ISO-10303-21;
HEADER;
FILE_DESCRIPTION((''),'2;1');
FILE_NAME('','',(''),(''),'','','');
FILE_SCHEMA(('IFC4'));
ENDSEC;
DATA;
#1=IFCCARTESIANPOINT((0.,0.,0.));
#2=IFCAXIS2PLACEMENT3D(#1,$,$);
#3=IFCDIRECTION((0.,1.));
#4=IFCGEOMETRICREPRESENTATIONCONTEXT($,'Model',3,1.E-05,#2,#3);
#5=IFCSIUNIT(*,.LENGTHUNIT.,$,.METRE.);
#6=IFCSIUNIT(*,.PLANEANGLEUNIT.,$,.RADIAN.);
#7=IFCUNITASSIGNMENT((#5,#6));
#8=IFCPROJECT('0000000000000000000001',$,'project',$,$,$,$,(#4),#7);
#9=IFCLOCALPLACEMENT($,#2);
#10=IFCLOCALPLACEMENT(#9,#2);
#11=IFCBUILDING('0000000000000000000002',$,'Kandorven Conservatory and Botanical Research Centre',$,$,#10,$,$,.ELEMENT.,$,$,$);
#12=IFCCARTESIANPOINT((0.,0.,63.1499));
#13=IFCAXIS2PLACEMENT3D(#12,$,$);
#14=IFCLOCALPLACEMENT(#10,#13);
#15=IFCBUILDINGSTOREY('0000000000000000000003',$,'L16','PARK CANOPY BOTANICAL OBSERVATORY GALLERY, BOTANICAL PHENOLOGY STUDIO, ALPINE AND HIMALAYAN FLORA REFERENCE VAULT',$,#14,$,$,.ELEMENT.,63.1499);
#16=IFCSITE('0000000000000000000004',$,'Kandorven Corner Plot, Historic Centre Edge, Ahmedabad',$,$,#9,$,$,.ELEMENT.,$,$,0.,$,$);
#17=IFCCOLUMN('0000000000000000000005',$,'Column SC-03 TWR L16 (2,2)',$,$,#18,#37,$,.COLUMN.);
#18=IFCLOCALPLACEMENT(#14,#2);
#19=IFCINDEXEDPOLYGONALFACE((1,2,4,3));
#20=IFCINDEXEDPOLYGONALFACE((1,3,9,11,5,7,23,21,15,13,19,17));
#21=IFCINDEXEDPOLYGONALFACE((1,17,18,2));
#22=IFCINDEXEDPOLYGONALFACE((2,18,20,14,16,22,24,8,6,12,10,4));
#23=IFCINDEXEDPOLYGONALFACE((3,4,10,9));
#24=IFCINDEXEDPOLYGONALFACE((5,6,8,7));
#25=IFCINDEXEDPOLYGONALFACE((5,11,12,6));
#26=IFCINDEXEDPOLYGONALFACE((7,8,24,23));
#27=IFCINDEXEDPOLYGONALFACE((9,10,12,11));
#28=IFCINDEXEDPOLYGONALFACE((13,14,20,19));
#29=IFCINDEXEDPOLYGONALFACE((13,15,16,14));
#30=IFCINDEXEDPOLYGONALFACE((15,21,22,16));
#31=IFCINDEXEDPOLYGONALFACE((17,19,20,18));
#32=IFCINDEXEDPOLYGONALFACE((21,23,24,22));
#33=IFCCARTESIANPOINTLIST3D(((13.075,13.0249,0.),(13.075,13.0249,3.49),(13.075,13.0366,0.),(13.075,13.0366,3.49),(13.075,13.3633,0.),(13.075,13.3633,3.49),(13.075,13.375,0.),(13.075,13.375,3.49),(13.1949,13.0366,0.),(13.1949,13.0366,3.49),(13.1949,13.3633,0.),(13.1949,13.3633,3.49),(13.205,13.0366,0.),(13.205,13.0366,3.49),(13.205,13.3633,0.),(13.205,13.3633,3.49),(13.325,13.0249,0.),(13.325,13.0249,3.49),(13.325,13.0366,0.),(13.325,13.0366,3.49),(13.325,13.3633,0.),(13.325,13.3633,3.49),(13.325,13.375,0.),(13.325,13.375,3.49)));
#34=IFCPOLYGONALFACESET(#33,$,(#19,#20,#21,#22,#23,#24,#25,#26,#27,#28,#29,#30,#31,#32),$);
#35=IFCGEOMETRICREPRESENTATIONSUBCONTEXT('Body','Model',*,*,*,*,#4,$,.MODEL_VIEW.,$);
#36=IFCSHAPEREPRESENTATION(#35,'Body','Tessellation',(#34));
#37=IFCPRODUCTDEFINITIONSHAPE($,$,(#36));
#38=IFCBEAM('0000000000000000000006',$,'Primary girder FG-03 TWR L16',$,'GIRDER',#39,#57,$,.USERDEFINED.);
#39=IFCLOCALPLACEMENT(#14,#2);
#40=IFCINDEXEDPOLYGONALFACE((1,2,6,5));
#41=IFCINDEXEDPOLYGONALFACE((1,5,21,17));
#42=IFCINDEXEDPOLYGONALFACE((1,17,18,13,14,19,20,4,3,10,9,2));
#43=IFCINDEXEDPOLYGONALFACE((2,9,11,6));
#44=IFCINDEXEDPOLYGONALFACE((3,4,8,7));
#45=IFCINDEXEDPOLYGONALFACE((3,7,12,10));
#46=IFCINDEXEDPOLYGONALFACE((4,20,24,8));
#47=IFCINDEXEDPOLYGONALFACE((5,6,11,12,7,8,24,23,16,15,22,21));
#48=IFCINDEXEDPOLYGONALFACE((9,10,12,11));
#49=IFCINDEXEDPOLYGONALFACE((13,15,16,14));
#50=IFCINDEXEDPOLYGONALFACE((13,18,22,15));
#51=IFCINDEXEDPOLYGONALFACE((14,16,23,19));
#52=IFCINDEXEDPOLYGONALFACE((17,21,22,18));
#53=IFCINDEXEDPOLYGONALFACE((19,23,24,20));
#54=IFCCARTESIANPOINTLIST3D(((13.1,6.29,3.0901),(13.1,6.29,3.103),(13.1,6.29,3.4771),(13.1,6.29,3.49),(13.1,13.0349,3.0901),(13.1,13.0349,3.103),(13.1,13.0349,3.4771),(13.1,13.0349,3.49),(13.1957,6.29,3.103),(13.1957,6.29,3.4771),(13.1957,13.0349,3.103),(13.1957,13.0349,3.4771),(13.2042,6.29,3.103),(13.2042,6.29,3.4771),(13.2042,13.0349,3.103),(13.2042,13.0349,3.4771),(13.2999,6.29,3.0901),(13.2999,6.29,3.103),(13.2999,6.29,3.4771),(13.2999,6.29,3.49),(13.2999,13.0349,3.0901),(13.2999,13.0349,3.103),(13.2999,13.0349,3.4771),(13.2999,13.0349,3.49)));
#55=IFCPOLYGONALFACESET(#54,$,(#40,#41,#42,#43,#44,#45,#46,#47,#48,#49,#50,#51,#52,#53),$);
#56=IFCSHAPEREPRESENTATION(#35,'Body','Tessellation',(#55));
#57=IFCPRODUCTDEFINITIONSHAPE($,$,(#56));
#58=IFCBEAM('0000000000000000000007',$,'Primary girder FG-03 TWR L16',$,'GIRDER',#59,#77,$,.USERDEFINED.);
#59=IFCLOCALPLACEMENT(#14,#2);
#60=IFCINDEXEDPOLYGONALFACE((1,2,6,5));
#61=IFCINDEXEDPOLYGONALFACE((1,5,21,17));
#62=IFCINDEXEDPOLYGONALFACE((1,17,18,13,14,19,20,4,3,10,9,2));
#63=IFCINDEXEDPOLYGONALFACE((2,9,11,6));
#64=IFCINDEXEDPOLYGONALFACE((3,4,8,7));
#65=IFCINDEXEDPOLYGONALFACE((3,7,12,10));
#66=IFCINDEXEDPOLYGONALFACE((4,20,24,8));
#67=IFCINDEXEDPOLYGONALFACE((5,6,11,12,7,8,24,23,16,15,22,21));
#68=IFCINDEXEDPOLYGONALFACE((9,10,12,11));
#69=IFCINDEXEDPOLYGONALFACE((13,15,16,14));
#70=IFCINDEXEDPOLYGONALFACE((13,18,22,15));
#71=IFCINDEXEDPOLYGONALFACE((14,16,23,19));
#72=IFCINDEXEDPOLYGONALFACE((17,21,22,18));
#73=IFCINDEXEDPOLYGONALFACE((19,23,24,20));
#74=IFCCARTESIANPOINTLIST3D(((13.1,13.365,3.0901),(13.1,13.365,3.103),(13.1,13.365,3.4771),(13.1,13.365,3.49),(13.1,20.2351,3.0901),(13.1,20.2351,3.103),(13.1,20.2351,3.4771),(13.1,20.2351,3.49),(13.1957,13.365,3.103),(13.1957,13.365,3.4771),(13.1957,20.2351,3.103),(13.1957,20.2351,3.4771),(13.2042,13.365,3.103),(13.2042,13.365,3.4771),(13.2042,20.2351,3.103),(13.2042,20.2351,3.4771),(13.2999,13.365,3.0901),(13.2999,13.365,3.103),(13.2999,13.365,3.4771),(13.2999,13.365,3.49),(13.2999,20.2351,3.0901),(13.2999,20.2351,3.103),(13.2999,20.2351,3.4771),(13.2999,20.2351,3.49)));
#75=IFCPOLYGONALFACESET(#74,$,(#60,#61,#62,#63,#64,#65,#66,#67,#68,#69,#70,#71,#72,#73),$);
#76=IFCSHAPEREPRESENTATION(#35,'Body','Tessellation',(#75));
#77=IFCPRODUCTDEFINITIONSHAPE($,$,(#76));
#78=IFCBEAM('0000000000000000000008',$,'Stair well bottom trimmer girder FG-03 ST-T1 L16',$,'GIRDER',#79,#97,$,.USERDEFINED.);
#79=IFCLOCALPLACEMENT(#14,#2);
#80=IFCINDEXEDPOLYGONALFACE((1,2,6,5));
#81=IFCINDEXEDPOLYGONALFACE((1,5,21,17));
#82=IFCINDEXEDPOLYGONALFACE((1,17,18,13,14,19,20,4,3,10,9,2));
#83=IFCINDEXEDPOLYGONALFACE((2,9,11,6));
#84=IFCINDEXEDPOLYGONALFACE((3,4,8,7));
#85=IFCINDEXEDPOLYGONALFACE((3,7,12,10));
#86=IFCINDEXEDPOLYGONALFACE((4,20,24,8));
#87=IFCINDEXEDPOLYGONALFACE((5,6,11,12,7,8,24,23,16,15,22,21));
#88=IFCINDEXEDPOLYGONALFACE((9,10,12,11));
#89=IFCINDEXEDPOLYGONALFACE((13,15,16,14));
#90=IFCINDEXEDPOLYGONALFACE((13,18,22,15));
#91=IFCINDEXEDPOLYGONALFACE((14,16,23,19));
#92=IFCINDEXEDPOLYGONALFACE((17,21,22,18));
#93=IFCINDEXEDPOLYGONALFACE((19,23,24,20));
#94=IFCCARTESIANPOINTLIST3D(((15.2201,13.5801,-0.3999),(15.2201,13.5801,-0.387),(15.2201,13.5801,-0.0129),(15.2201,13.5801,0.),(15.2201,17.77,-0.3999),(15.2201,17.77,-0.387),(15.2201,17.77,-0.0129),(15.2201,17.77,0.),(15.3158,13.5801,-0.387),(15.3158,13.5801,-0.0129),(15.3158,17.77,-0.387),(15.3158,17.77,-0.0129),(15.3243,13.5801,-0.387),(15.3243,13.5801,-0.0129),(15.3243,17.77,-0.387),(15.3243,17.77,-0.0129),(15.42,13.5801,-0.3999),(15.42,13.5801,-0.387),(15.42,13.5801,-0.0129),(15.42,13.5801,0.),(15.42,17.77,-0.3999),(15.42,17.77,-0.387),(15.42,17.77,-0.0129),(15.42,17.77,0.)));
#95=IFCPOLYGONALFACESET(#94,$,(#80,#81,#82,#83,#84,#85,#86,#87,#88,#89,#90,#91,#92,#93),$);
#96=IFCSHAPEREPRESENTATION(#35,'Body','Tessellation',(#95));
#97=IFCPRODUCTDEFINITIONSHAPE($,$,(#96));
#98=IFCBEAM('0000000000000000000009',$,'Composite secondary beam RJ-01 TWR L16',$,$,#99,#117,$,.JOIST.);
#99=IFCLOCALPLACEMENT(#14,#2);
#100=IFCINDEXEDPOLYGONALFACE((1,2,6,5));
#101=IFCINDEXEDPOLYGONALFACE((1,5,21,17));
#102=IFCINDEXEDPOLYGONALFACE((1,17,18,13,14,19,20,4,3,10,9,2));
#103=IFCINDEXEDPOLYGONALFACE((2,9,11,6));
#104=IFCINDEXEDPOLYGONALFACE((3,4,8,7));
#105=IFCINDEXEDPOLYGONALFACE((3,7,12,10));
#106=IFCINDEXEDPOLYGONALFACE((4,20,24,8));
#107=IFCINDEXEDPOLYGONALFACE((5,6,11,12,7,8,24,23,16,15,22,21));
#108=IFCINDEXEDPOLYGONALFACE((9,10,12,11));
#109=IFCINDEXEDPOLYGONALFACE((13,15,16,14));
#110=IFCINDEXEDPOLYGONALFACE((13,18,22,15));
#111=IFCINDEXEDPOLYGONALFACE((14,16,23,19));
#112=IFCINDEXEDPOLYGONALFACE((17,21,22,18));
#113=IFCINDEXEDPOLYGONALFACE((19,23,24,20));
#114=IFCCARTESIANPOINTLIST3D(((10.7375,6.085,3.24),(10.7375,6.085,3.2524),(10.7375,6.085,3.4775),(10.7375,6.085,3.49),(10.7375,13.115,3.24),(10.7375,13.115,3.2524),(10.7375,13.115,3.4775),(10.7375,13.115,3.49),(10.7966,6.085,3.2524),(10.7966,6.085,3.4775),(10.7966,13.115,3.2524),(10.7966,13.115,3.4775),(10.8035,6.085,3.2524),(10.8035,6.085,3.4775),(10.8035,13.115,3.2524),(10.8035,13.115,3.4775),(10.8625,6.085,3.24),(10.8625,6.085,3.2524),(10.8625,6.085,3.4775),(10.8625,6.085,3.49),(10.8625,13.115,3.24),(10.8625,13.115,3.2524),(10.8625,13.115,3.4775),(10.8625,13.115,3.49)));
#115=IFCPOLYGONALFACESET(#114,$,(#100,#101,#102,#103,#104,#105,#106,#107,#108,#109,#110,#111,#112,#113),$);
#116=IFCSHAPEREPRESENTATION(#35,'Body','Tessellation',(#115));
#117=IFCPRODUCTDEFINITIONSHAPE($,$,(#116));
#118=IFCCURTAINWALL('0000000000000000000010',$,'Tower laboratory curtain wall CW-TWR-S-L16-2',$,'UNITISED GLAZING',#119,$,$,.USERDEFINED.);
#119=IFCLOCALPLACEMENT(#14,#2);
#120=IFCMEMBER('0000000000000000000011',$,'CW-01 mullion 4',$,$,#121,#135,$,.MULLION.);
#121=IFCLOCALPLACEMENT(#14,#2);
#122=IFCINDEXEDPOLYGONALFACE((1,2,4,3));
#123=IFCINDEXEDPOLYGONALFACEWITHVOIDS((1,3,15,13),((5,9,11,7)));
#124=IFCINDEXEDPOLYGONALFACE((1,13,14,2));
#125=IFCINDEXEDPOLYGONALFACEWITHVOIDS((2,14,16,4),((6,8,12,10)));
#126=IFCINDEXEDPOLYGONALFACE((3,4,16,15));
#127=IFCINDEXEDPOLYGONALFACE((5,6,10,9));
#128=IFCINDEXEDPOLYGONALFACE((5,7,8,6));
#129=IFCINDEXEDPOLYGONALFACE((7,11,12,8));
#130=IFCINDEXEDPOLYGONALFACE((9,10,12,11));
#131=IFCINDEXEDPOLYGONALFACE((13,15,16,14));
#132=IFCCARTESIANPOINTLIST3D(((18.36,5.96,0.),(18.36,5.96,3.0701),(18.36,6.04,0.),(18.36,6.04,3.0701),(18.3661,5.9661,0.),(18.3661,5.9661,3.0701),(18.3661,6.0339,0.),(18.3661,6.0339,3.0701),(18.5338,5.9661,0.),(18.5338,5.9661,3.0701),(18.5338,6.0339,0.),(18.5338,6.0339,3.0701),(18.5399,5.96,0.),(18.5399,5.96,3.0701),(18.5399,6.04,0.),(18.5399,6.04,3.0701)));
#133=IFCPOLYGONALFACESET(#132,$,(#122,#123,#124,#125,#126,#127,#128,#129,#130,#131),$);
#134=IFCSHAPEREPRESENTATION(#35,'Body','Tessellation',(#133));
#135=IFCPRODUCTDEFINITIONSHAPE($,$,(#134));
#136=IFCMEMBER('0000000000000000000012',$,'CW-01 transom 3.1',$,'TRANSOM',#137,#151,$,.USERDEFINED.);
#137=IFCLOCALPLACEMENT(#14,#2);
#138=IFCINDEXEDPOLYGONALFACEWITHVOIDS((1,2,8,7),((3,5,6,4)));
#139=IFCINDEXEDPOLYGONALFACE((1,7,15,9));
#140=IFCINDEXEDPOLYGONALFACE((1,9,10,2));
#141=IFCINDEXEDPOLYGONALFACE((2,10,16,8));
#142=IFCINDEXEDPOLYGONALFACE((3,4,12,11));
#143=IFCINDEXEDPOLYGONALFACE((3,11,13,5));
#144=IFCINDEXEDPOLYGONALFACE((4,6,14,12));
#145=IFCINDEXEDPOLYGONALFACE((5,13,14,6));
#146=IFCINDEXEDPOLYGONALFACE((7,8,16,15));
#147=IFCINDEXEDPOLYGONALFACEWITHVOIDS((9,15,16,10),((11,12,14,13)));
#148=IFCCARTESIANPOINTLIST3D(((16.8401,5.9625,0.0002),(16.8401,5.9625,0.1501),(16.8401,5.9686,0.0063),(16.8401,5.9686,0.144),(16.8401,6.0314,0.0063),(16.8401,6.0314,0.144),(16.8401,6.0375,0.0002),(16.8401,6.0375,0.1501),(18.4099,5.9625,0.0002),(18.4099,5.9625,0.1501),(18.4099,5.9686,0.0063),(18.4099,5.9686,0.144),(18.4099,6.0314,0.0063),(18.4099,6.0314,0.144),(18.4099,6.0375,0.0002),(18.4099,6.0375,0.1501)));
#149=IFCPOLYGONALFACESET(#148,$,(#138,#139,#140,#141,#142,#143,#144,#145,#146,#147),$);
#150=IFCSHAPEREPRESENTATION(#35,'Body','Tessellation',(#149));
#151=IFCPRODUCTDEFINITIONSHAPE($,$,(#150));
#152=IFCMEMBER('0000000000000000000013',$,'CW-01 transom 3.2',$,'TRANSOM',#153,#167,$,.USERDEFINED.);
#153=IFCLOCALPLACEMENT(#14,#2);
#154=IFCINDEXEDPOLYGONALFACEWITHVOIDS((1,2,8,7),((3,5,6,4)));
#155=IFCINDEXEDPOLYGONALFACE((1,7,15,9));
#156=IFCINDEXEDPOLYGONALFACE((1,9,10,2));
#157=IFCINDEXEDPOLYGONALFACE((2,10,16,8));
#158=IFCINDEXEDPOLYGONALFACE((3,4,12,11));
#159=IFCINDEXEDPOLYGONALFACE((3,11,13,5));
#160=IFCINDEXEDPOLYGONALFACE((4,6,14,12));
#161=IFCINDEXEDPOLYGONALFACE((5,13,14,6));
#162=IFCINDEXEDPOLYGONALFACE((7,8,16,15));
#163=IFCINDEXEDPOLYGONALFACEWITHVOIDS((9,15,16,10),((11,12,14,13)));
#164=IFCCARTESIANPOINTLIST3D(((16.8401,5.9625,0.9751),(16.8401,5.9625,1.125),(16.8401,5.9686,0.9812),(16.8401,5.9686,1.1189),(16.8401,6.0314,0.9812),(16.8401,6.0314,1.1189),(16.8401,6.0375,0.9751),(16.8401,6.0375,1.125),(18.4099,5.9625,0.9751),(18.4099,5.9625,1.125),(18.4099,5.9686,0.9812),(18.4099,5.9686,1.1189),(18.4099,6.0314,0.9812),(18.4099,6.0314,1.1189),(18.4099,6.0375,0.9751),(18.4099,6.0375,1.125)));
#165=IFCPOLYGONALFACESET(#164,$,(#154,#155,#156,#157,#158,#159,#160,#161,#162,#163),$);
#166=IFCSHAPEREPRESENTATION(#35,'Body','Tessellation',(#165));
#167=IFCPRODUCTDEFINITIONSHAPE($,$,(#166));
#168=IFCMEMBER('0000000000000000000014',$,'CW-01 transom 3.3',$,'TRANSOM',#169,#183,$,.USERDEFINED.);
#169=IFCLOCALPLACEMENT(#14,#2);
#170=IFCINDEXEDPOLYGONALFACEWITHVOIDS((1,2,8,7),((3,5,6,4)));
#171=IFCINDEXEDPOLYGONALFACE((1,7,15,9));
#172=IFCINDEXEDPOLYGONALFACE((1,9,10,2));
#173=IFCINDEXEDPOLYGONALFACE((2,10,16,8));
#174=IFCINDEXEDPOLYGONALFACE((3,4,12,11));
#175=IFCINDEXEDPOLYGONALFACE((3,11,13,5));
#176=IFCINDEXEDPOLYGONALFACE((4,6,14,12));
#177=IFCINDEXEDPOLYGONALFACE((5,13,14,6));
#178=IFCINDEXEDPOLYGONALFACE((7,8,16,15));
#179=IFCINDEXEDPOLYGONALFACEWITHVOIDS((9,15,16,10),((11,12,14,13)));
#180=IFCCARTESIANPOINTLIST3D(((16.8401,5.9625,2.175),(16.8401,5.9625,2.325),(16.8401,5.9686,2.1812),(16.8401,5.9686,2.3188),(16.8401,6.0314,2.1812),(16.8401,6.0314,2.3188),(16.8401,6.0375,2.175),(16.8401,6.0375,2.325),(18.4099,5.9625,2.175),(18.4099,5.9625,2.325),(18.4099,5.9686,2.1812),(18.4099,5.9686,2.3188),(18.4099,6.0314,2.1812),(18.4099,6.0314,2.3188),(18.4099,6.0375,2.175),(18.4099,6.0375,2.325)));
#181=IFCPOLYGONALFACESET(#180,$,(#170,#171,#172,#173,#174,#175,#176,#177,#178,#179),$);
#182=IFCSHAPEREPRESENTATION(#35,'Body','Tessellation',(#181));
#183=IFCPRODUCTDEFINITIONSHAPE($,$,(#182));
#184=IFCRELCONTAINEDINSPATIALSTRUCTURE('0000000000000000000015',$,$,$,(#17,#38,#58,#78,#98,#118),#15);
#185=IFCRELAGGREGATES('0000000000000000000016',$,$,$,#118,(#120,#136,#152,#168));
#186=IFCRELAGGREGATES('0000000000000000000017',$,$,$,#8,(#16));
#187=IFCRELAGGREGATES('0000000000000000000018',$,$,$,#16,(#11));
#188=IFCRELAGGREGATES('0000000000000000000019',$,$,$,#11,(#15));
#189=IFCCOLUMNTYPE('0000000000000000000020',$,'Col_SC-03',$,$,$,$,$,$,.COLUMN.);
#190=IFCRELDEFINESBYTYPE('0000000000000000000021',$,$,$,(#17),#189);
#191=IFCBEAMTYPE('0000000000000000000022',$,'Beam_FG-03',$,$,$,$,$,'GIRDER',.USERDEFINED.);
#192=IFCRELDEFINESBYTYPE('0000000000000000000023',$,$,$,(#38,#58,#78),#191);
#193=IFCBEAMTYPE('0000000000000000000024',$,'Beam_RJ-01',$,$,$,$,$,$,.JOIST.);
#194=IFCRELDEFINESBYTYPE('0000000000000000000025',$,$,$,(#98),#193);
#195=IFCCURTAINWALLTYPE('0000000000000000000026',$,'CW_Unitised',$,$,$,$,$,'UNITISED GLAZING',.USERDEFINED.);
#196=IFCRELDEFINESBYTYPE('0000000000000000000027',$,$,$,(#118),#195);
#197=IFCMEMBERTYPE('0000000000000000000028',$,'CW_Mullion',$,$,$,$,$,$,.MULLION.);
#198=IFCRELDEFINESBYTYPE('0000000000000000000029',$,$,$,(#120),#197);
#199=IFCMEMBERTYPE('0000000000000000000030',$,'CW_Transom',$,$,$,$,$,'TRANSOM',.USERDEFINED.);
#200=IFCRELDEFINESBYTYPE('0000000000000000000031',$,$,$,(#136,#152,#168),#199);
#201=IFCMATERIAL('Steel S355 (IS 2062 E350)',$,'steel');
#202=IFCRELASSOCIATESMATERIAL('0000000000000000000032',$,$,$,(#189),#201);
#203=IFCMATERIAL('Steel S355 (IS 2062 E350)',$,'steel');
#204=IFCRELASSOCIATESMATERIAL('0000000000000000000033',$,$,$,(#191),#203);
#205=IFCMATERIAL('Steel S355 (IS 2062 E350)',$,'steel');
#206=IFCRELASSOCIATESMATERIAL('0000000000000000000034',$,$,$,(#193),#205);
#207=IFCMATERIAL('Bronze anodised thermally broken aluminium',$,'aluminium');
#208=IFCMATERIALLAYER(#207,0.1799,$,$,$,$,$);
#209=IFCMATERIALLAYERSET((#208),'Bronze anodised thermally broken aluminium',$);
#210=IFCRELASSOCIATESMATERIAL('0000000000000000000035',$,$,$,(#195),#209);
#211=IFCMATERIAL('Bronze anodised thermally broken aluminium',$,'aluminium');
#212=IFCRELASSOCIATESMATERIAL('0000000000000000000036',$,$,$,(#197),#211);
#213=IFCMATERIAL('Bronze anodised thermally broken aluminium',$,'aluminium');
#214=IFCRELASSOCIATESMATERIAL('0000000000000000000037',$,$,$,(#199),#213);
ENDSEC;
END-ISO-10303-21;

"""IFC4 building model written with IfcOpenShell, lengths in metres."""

from ifc_helpers import new_model, si_unit, direction, frame, origin, origin_2d, place, context, subcontext, project, spatial, hollow_rectangle, i_section, extrude, material, layer, layer_set, material_profile, profile_set, type_object, element, aggregate, save


model = new_model("IFC4")

# Units and contexts
model_context = context("Model", 3, precision=1e-05, world=origin(), true_north=direction((0.0, 1.0)))
body_context = subcontext(model_context, "Body", "Model", "MODEL_VIEW")
ifc_project = project(units=[si_unit("LENGTHUNIT", "METRE"), si_unit("PLANEANGLEUNIT", "RADIAN")], contexts=[model_context])

# Site, building, storey
site_placement = place(None, origin())
site = spatial("IfcSite", under=ifc_project, at=site_placement, Name="Kandorven Corner Plot, Historic Centre Edge, Ahmedabad", CompositionType="ELEMENT", RefElevation=0.0)
building_placement = place(site_placement, origin())
building = spatial("IfcBuilding", under=site, at=building_placement, Name="Kandorven Conservatory and Botanical Research Centre", CompositionType="ELEMENT")
storey_placement = place(building_placement, frame((0.0, 0.0, 63.1499)))
storey = spatial("IfcBuildingStorey", under=building, at=storey_placement, Name="L16", Description="PARK CANOPY BOTANICAL OBSERVATORY GALLERY, BOTANICAL PHENOLOGY STUDIO, ALPINE AND HIMALAYAN FLORA REFERENCE VAULT", CompositionType="ELEMENT", Elevation=63.1499)

# Column
ifc_material_1 = material(Name="Steel S355 (IS 2062 E350)", Category="steel")
ifc_material_profile_1 = material_profile(ifc_material_1, i_section(OverallWidth=0.25, OverallDepth=0.3501, WebThickness=0.01, FlangeThickness=0.0117, at=origin_2d()))
ifc_profile_set_1 = profile_set([ifc_material_profile_1], Name="Steel S355 (IS 2062 E350)")
column_type = type_object("IfcColumnType", Name="Col_SC-03", PredefinedType="COLUMN", material=ifc_profile_set_1)
column_placement = place(storey_placement, frame((13.2, 13.2, 0.0), z_axis=(0.0, 0.0, 1.0), x_axis=(1.0, 0.0, 0.0)))
element("IfcColumn", 1, at=column_placement, inside=storey, type_object=column_type, Name="Column SC-03 TWR L16 (2,2)", PredefinedType="COLUMN", context=body_context, shape_type="SweptSolid", body=[
    extrude(i_section(OverallWidth=0.25, OverallDepth=0.3501, WebThickness=0.01, FlangeThickness=0.0117, at=origin_2d()), origin(), (0.0, 0.0, 1.0), 3.49),
])

# Beams
ifc_material_2 = material(Name="Steel S355 (IS 2062 E350)", Category="steel")
ifc_material_profile_2 = material_profile(ifc_material_2, i_section(OverallWidth=0.2, OverallDepth=0.3999, WebThickness=0.0085, FlangeThickness=0.0129, at=origin_2d()))
ifc_profile_set_2 = profile_set([ifc_material_profile_2], Name="Steel S355 (IS 2062 E350)")
beam_type_1 = type_object("IfcBeamType", Name="Beam_FG-03", ElementType="GIRDER", PredefinedType="USERDEFINED", material=ifc_profile_set_2)
beam_1_placement = place(storey_placement, frame((13.2, 6.29, 3.29), z_axis=(0.0, 1.0, 0.0), x_axis=(-1.0, 0.0, 0.0)))
element("IfcBeam", 2, at=beam_1_placement, inside=storey, type_object=beam_type_1, Name="Primary girder FG-03 TWR L16", ObjectType="GIRDER", PredefinedType="USERDEFINED", context=body_context, shape_type="SweptSolid", body=[
    extrude(i_section(OverallWidth=0.2, OverallDepth=0.3999, WebThickness=0.0085, FlangeThickness=0.0129, at=origin_2d()), origin(), (0.0, 0.0, 1.0), 6.7449),
])
beam_2_placement = place(storey_placement, frame((13.2, 13.365, 3.29), z_axis=(0.0, 1.0, 0.0), x_axis=(-1.0, 0.0, 0.0)))
element("IfcBeam", 3, at=beam_2_placement, inside=storey, type_object=beam_type_1, Name="Primary girder FG-03 TWR L16", ObjectType="GIRDER", PredefinedType="USERDEFINED", context=body_context, shape_type="SweptSolid", body=[
    extrude(i_section(OverallWidth=0.2, OverallDepth=0.3999, WebThickness=0.0085, FlangeThickness=0.0129, at=origin_2d()), origin(), (0.0, 0.0, 1.0), 6.8701),
])
beam_3_placement = place(storey_placement, frame((15.3201, 13.5801, -0.2), z_axis=(0.0, 1.0, 0.0), x_axis=(-1.0, 0.0, 0.0)))
element("IfcBeam", 4, at=beam_3_placement, inside=storey, type_object=beam_type_1, Name="Stair well bottom trimmer girder FG-03 ST-T1 L16", ObjectType="GIRDER", PredefinedType="USERDEFINED", context=body_context, shape_type="SweptSolid", body=[
    extrude(i_section(OverallWidth=0.2, OverallDepth=0.3999, WebThickness=0.0085, FlangeThickness=0.0129, at=origin_2d()), origin(), (0.0, 0.0, 1.0), 4.1899),
])
ifc_material_3 = material(Name="Steel S355 (IS 2062 E350)", Category="steel")
ifc_material_profile_3 = material_profile(ifc_material_3, i_section(OverallWidth=0.125, OverallDepth=0.25, WebThickness=0.0068, FlangeThickness=0.0125, at=origin_2d()))
ifc_profile_set_3 = profile_set([ifc_material_profile_3], Name="Steel S355 (IS 2062 E350)")
beam_type_2 = type_object("IfcBeamType", Name="Beam_RJ-01", PredefinedType="JOIST", material=ifc_profile_set_3)
beam_4_placement = place(storey_placement, frame((10.8, 6.085, 3.365), z_axis=(0.0, 1.0, 0.0), x_axis=(-1.0, 0.0, 0.0)))
element("IfcBeam", 5, at=beam_4_placement, inside=storey, type_object=beam_type_2, Name="Composite secondary beam RJ-01 TWR L16", PredefinedType="JOIST", context=body_context, shape_type="SweptSolid", body=[
    extrude(i_section(OverallWidth=0.125, OverallDepth=0.25, WebThickness=0.0068, FlangeThickness=0.0125, at=origin_2d()), origin(), (0.0, 0.0, 1.0), 7.03),
])

# Curtain wall, members
ifc_material_4 = material(Name="Bronze anodised thermally broken aluminium", Category="aluminium")
ifc_layer_1 = layer(ifc_material_4, 0.1799)
ifc_layer_set_1 = layer_set([ifc_layer_1], Name="Bronze anodised thermally broken aluminium")
curtain_wall_type = type_object("IfcCurtainWallType", Name="CW_Unitised", ElementType="UNITISED GLAZING", PredefinedType="USERDEFINED", material=ifc_layer_set_1)
curtain_wall_placement = place(storey_placement, origin())
curtain_wall = element("IfcCurtainWall", 6, at=curtain_wall_placement, inside=storey, type_object=curtain_wall_type, Name="Tower laboratory curtain wall CW-TWR-S-L16-2", ObjectType="UNITISED GLAZING", PredefinedType="USERDEFINED")
ifc_material_5 = material(Name="Bronze anodised thermally broken aluminium", Category="aluminium")
ifc_material_profile_4 = material_profile(ifc_material_5, hollow_rectangle(XDim=0.0801, YDim=0.1799, WallThickness=0.0061, at=origin_2d()))
ifc_profile_set_4 = profile_set([ifc_material_profile_4], Name="Bronze anodised thermally broken aluminium")
member_type_1 = type_object("IfcMemberType", Name="CW_Mullion", PredefinedType="MULLION", material=ifc_profile_set_4)
member_1_placement = place(storey_placement, frame((18.45, 6.0, 0.0), z_axis=(0.0, 0.0, 1.0), x_axis=(0.0, 1.0, 0.0)))
member_1 = element("IfcMember", 7, at=member_1_placement, type_object=member_type_1, Name="CW-01 mullion 4", PredefinedType="MULLION", context=body_context, shape_type="SweptSolid", body=[
    extrude(hollow_rectangle(XDim=0.0801, YDim=0.1799, WallThickness=0.0061, at=origin_2d()), origin(), (0.0, 0.0, 1.0), 3.0701),
])
ifc_material_6 = material(Name="Bronze anodised thermally broken aluminium", Category="aluminium")
ifc_material_profile_5 = material_profile(ifc_material_6, hollow_rectangle(XDim=0.075, YDim=0.1499, WallThickness=0.0061, at=origin_2d()))
ifc_profile_set_5 = profile_set([ifc_material_profile_5], Name="Bronze anodised thermally broken aluminium")
member_type_2 = type_object("IfcMemberType", Name="CW_Transom", ElementType="TRANSOM", PredefinedType="USERDEFINED", material=ifc_profile_set_5)
member_2_placement = place(storey_placement, frame((16.8401, 6.0, 0.0752), z_axis=(1.0, 0.0, 0.0), x_axis=(0.0, 1.0, 0.0)))
member_2 = element("IfcMember", 8, at=member_2_placement, type_object=member_type_2, Name="CW-01 transom 3.1", ObjectType="TRANSOM", PredefinedType="USERDEFINED", context=body_context, shape_type="SweptSolid", body=[
    extrude(hollow_rectangle(XDim=0.075, YDim=0.1499, WallThickness=0.0061, at=origin_2d()), origin(), (0.0, 0.0, 1.0), 1.5698),
])
member_3_placement = place(storey_placement, frame((16.8401, 6.0, 1.05), z_axis=(1.0, 0.0, 0.0), x_axis=(0.0, 1.0, 0.0)))
member_3 = element("IfcMember", 9, at=member_3_placement, type_object=member_type_2, Name="CW-01 transom 3.2", ObjectType="TRANSOM", PredefinedType="USERDEFINED", context=body_context, shape_type="SweptSolid", body=[
    extrude(hollow_rectangle(XDim=0.075, YDim=0.1499, WallThickness=0.0061, at=origin_2d()), origin(), (0.0, 0.0, 1.0), 1.5698),
])
member_4_placement = place(storey_placement, frame((16.8401, 6.0, 2.25), z_axis=(1.0, 0.0, 0.0), x_axis=(0.0, 1.0, 0.0)))
member_4 = element("IfcMember", 10, at=member_4_placement, type_object=member_type_2, Name="CW-01 transom 3.3", ObjectType="TRANSOM", PredefinedType="USERDEFINED", context=body_context, shape_type="SweptSolid", body=[
    extrude(hollow_rectangle(XDim=0.075, YDim=0.1499, WallThickness=0.0061, at=origin_2d()), origin(), (0.0, 0.0, 1.0), 1.5698),
])
aggregate(curtain_wall, [member_1, member_2, member_3, member_4])

save(model, "model.ifc")
